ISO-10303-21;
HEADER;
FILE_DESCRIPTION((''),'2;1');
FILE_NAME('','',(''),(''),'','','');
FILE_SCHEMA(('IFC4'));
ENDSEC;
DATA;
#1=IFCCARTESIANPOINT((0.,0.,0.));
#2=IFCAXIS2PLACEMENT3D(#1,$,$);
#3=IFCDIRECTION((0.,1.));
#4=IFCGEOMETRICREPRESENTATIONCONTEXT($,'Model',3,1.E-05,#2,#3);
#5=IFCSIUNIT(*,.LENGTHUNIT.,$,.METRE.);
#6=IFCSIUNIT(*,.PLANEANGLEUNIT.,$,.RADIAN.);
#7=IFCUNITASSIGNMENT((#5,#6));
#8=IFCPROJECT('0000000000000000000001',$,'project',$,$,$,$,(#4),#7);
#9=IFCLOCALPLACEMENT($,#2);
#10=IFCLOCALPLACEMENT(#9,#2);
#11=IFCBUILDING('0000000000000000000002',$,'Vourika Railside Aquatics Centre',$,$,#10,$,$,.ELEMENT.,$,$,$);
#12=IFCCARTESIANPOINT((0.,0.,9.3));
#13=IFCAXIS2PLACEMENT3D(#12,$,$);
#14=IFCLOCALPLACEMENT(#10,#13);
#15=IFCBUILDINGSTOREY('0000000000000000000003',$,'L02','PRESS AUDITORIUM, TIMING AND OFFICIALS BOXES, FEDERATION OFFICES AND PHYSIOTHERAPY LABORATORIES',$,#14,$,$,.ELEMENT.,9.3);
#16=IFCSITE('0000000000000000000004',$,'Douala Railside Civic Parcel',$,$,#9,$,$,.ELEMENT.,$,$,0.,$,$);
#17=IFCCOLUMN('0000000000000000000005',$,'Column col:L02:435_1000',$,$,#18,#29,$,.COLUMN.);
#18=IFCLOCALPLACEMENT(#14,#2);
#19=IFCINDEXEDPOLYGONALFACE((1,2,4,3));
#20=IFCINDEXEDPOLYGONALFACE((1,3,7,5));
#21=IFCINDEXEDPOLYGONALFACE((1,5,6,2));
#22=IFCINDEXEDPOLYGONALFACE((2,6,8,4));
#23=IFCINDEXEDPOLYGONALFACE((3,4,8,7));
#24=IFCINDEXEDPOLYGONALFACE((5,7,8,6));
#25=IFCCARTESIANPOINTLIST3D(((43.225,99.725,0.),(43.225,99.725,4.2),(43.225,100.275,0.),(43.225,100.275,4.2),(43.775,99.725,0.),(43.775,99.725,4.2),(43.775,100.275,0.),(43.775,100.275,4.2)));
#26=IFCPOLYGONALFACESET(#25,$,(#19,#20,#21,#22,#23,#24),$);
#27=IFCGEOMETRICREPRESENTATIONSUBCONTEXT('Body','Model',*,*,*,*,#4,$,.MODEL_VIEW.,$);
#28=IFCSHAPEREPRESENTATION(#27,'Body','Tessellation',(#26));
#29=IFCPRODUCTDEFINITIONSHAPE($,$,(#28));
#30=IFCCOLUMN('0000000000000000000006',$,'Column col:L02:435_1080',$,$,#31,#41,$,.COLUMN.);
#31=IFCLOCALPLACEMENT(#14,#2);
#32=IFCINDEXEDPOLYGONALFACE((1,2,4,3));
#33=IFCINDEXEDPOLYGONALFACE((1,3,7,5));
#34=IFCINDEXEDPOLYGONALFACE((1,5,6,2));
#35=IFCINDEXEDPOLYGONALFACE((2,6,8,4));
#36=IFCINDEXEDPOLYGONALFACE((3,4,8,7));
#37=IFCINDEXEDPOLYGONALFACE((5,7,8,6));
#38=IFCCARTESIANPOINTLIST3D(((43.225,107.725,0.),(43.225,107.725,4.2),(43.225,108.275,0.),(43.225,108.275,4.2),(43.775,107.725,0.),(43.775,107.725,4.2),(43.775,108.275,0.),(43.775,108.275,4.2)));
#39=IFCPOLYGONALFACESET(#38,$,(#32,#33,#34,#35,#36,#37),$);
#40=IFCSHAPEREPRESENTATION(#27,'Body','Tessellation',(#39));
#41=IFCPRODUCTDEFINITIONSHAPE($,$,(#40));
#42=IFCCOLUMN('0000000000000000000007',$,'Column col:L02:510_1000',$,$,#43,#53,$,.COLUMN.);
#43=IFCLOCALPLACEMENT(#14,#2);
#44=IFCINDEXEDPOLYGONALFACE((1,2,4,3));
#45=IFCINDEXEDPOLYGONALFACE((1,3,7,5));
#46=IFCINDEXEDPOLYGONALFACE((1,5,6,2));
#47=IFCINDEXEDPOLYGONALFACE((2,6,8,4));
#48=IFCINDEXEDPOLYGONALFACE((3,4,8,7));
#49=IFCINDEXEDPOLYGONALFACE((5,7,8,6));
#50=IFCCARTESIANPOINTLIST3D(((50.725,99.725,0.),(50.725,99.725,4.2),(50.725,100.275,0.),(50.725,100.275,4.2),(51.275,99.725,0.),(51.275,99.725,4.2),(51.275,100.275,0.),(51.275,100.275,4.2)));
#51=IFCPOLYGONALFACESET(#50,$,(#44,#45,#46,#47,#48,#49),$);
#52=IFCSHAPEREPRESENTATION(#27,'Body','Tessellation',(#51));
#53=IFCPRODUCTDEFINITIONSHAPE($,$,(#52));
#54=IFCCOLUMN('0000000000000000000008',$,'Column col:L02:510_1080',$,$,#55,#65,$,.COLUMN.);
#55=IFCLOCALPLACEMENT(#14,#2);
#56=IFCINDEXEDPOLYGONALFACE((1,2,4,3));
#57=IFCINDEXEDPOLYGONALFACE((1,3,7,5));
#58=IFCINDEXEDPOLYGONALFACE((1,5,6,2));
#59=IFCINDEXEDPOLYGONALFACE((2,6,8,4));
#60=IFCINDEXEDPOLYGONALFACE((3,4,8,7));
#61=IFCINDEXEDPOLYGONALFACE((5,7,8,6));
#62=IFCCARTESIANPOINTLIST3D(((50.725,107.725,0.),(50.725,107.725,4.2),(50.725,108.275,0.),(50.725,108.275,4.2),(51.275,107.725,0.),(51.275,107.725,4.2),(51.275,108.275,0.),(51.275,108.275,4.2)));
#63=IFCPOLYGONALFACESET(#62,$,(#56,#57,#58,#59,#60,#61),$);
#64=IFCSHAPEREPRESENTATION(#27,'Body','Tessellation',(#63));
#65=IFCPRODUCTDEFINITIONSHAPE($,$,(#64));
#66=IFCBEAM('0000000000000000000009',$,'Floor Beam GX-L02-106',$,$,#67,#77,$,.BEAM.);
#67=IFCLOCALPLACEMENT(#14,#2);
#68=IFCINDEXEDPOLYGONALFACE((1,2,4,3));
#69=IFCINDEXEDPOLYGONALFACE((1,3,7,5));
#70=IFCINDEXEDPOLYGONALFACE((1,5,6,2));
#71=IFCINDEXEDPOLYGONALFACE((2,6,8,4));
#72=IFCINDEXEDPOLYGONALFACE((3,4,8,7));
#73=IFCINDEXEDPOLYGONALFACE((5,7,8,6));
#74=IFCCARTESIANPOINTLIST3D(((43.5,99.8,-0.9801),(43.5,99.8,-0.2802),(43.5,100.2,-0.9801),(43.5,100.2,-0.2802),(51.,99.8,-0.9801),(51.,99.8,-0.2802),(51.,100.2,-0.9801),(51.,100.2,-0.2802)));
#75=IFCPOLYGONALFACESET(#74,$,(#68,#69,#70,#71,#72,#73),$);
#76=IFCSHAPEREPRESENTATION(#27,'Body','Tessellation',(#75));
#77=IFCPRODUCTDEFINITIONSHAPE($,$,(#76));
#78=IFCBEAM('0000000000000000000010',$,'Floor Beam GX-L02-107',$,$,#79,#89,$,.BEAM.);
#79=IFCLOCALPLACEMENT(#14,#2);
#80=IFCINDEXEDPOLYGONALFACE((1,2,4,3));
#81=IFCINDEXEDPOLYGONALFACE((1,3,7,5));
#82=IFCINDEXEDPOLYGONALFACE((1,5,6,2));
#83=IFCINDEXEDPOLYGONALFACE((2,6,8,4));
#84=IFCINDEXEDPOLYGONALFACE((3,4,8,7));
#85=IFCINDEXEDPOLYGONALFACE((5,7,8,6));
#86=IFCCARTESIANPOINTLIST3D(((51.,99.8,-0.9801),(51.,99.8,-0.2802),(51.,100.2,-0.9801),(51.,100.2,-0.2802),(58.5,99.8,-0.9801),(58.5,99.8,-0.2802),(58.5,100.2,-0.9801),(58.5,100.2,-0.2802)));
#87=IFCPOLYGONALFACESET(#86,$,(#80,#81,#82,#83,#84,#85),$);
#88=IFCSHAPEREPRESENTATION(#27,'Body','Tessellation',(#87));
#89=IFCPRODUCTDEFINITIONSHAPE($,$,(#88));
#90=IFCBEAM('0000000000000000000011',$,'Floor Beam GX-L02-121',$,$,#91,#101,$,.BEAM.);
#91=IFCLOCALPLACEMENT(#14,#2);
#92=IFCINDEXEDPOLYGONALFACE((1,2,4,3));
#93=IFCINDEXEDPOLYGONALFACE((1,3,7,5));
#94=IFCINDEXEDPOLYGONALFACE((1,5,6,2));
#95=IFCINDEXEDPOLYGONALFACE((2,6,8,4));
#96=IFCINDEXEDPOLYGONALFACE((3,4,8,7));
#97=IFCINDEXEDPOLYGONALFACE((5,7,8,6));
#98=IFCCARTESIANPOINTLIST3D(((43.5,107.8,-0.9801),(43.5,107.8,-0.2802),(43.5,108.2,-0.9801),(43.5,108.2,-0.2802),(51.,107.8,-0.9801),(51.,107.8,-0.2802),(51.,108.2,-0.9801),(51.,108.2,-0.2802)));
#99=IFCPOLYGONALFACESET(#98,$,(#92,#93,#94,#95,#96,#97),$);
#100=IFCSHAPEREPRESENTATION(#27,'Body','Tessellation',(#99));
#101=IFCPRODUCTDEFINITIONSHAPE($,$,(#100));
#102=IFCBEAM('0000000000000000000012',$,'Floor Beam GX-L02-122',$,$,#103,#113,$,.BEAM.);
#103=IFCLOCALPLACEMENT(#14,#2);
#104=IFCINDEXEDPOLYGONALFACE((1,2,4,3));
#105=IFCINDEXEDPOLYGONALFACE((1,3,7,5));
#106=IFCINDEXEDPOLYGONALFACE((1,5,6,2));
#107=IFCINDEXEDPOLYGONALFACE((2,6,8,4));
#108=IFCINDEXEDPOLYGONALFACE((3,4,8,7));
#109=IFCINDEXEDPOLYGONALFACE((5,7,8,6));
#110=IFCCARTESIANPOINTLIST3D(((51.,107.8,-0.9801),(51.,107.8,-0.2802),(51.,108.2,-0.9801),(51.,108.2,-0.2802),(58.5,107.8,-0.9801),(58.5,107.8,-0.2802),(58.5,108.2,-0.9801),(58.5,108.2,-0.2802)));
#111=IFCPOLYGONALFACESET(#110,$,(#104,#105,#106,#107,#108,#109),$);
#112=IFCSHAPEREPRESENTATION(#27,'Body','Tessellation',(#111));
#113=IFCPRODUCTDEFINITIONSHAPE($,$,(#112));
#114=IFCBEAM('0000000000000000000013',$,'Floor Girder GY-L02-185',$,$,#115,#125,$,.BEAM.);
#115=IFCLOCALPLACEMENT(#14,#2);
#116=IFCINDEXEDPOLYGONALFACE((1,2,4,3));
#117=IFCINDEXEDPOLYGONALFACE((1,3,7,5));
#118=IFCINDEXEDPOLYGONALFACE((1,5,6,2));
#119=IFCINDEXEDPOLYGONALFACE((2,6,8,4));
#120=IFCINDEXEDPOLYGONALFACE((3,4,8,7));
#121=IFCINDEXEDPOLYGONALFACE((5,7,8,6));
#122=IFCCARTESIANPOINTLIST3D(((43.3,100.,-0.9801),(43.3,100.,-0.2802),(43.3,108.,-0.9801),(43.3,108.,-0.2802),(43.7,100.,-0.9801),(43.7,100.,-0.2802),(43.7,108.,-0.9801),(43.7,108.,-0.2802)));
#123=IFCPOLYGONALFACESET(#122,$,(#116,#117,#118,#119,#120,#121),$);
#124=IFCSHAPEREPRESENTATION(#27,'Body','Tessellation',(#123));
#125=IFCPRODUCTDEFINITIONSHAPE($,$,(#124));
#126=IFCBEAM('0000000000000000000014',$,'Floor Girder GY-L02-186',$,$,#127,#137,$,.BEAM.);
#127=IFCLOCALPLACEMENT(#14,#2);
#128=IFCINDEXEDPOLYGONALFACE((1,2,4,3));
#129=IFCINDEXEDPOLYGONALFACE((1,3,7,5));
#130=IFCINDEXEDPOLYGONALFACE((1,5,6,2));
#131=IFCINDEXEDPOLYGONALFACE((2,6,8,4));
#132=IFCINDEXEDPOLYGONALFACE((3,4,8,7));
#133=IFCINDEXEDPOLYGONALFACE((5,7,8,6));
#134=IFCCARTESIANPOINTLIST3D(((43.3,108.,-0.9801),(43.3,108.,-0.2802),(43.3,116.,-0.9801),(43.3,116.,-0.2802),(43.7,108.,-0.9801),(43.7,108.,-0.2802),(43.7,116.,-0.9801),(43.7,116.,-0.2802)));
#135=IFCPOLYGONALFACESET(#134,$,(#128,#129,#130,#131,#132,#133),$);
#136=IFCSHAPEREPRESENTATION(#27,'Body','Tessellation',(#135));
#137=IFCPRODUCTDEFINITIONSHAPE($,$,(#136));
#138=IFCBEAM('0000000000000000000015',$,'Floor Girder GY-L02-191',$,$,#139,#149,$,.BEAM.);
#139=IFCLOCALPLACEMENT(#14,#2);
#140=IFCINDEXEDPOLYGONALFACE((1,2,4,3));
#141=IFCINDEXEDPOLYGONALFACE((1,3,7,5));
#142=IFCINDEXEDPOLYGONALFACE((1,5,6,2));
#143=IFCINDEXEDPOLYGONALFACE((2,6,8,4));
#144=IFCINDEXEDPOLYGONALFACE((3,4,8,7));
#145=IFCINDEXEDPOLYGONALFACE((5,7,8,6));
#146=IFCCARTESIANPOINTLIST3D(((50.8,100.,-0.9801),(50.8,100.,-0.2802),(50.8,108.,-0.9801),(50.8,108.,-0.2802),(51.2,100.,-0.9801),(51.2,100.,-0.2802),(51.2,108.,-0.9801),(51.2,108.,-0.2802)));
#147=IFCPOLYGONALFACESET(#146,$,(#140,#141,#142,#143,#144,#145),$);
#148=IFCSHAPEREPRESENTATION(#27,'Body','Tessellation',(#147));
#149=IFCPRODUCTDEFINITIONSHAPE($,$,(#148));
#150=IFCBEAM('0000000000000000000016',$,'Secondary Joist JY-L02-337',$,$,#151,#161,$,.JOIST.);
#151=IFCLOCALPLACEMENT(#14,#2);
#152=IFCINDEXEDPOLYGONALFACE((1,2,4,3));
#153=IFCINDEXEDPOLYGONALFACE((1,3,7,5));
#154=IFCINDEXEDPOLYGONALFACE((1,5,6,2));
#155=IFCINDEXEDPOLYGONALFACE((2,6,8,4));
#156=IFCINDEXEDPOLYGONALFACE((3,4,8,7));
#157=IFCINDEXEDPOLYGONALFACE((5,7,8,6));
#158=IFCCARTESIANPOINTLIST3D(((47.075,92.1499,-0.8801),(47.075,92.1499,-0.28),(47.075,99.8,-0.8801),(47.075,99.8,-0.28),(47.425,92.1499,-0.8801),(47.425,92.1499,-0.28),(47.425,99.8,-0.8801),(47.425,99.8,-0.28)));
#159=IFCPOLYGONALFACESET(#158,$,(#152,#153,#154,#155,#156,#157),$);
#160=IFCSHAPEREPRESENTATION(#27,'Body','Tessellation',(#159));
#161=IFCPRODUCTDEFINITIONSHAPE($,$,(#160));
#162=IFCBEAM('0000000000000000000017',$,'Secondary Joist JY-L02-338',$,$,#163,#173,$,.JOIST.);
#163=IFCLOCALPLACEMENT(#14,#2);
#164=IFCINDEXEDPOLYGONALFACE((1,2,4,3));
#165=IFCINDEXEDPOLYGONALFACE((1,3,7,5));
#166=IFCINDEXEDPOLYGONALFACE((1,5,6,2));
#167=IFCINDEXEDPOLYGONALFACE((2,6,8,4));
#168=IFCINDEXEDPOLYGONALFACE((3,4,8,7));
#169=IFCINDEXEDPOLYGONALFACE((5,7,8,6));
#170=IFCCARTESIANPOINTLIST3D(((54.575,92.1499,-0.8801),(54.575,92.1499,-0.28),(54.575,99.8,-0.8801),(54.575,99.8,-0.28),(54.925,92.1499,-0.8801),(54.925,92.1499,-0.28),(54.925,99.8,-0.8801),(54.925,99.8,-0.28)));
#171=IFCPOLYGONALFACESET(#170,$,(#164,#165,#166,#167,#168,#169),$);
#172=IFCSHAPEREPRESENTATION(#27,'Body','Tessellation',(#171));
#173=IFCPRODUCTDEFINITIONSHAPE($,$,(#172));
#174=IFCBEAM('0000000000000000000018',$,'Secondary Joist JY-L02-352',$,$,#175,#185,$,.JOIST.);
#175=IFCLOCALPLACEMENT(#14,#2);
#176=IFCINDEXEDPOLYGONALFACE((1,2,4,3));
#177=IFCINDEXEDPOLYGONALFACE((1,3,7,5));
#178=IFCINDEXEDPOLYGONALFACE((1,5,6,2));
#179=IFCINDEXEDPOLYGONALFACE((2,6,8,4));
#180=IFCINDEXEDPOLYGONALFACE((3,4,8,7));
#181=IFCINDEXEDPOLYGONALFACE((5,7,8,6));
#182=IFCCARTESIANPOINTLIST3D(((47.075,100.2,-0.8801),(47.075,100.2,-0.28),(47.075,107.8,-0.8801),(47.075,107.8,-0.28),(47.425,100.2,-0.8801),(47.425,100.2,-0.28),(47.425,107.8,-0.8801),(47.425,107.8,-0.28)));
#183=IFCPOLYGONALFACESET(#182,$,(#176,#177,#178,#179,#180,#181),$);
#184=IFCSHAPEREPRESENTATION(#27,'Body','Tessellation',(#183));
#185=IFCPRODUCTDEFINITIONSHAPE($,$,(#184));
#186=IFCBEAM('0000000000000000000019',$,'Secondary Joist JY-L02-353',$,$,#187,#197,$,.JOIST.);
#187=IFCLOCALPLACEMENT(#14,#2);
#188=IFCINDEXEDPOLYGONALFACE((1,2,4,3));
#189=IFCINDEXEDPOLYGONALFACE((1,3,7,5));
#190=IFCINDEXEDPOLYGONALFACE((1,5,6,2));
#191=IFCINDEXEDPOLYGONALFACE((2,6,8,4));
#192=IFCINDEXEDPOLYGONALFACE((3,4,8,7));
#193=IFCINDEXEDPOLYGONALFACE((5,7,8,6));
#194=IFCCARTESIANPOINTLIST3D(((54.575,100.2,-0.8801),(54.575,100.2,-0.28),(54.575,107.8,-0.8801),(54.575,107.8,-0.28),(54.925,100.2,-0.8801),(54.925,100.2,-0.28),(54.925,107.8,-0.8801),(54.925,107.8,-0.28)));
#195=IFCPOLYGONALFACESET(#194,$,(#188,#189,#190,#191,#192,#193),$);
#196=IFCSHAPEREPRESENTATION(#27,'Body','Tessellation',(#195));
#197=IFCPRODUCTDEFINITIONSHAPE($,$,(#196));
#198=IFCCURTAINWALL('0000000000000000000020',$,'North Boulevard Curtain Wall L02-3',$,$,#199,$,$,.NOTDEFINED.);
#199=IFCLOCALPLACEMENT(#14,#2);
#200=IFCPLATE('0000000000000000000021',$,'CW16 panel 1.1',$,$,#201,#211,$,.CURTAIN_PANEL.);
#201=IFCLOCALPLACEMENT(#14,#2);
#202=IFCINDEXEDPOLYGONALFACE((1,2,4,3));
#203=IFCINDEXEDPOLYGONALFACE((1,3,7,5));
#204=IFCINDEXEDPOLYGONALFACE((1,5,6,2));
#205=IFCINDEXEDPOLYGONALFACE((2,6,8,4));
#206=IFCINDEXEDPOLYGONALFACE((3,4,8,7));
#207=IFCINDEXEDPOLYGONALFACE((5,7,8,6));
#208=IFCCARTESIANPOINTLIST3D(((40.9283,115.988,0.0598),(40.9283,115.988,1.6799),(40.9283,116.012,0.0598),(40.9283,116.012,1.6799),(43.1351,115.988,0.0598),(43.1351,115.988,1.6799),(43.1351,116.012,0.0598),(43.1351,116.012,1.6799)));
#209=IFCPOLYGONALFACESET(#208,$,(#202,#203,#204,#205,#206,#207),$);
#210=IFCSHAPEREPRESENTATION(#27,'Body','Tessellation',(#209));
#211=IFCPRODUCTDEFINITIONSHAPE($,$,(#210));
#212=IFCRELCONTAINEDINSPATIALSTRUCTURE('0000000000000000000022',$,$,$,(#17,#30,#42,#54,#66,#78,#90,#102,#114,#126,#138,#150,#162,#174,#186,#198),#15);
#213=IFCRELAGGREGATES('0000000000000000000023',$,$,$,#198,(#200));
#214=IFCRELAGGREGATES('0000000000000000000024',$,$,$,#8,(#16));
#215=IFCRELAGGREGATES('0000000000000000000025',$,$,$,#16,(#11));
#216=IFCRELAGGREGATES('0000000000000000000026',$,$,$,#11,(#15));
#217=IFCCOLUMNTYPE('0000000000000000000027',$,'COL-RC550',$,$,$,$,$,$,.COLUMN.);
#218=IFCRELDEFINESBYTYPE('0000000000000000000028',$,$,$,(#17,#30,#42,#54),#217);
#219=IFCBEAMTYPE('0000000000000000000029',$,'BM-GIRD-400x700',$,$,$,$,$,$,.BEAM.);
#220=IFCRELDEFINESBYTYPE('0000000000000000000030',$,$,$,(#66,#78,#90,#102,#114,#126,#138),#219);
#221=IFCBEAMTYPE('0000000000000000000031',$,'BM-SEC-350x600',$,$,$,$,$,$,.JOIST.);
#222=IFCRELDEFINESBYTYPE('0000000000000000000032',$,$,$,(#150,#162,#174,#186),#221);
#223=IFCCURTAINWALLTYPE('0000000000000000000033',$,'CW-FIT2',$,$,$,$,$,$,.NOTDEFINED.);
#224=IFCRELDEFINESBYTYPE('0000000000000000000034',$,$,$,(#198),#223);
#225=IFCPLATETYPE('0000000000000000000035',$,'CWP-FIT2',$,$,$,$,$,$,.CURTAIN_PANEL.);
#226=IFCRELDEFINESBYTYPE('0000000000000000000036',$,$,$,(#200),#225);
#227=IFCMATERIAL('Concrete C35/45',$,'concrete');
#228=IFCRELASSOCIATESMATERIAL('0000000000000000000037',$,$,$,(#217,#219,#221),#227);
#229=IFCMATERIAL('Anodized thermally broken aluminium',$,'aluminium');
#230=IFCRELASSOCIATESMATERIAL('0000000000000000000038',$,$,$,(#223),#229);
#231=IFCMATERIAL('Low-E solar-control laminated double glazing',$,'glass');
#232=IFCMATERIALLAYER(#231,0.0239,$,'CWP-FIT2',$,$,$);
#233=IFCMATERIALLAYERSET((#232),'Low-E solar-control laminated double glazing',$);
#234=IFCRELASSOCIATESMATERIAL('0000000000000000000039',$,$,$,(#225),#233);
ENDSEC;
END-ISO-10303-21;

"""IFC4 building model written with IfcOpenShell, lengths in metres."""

from ifc_helpers import new_model, si_unit, direction, frame, origin, origin_2d, place, context, subcontext, project, spatial, rectangle, extrude, material, layer, layer_set, material_profile, profile_set, type_object, element, aggregate, save


model = new_model("IFC4")

# Units and contexts
model_context = context("Model", 3, precision=1e-05, world=origin(), true_north=direction((0.0, 1.0)))
body_context = subcontext(model_context, "Body", "Model", "MODEL_VIEW")
ifc_project = project(units=[si_unit("LENGTHUNIT", "METRE"), si_unit("PLANEANGLEUNIT", "RADIAN")], contexts=[model_context])

# Site, building, storey
site_placement = place(None, origin())
site = spatial("IfcSite", under=ifc_project, at=site_placement, Name="Douala Railside Civic Parcel", CompositionType="ELEMENT", RefElevation=0.0)
building_placement = place(site_placement, origin())
building = spatial("IfcBuilding", under=site, at=building_placement, Name="Vourika Railside Aquatics Centre", CompositionType="ELEMENT")
storey_placement = place(building_placement, frame((0.0, 0.0, 9.3)))
storey = spatial("IfcBuildingStorey", under=building, at=storey_placement, Name="L02", Description="PRESS AUDITORIUM, TIMING AND OFFICIALS BOXES, FEDERATION OFFICES AND PHYSIOTHERAPY LABORATORIES", CompositionType="ELEMENT", Elevation=9.3)

# Columns
ifc_material_1 = material(Name="Concrete C35/45", Category="concrete")
ifc_material_profile_1 = material_profile(ifc_material_1, rectangle(XDim=0.55, YDim=0.55, at=origin_2d()), Name="RC 550x550")
ifc_profile_set_1 = profile_set([ifc_material_profile_1], Name="Concrete C35/45")
column_type = type_object("IfcColumnType", Name="COL-RC550", PredefinedType="COLUMN", material=ifc_profile_set_1)
for number, where, z_axis, x_axis, name in (
    (1, (43.5, 100.0, 0.0), (0.0, 0.0, 1.0), (1.0, 0.0, 0.0), "Column col:L02:435_1000"),
    (2, (43.5, 108.0, 0.0), (0.0, 0.0, 1.0), (1.0, 0.0, 0.0), "Column col:L02:435_1080"),
    (3, (51.0, 100.0, 0.0), (0.0, 0.0, 1.0), (1.0, 0.0, 0.0), "Column col:L02:510_1000"),
    (4, (51.0, 108.0, 0.0), (0.0, 0.0, 1.0), (1.0, 0.0, 0.0), "Column col:L02:510_1080"),
):
    element("IfcColumn", number, at=place(storey_placement, frame(where, z_axis=z_axis, x_axis=x_axis)), inside=storey, type_object=column_type, Name=name, PredefinedType="COLUMN", context=body_context, shape_type="SweptSolid", body=[
        extrude(rectangle(XDim=0.55, YDim=0.55, at=origin_2d()), origin(), (0.0, 0.0, 1.0), 4.2),
    ])

# Beams
ifc_material_profile_2 = material_profile(ifc_material_1, rectangle(XDim=0.3999, YDim=0.7, at=origin_2d()), Name="RC 400x700")
ifc_profile_set_2 = profile_set([ifc_material_profile_2], Name="Concrete C35/45")
beam_type_1 = type_object("IfcBeamType", Name="BM-GIRD-400x700", PredefinedType="BEAM", material=ifc_profile_set_2)
for number, where, z_axis, x_axis, name in (
    (5, (43.5, 100.0, -0.6301), (1.0, 0.0, 0.0), (0.0, 1.0, 0.0), "Floor Beam GX-L02-106"),
    (6, (51.0, 100.0, -0.6301), (1.0, 0.0, 0.0), (0.0, 1.0, 0.0), "Floor Beam GX-L02-107"),
    (7, (43.5, 108.0, -0.6301), (1.0, 0.0, 0.0), (0.0, 1.0, 0.0), "Floor Beam GX-L02-121"),
    (8, (51.0, 108.0, -0.6301), (1.0, 0.0, 0.0), (0.0, 1.0, 0.0), "Floor Beam GX-L02-122"),
):
    element("IfcBeam", number, at=place(storey_placement, frame(where, z_axis=z_axis, x_axis=x_axis)), inside=storey, type_object=beam_type_1, Name=name, PredefinedType="BEAM", context=body_context, shape_type="SweptSolid", body=[
        extrude(rectangle(XDim=0.3999, YDim=0.7, at=origin_2d()), origin(), (0.0, 0.0, 1.0), 7.5),
    ])
for number, where, z_axis, x_axis, name in (
    (9, (43.5, 100.0, -0.6301), (0.0, 1.0, 0.0), (-1.0, 0.0, 0.0), "Floor Girder GY-L02-185"),
    (10, (43.5, 108.0, -0.6301), (0.0, 1.0, 0.0), (-1.0, 0.0, 0.0), "Floor Girder GY-L02-186"),
    (11, (51.0, 100.0, -0.6301), (0.0, 1.0, 0.0), (-1.0, 0.0, 0.0), "Floor Girder GY-L02-191"),
):
    element("IfcBeam", number, at=place(storey_placement, frame(where, z_axis=z_axis, x_axis=x_axis)), inside=storey, type_object=beam_type_1, Name=name, PredefinedType="BEAM", context=body_context, shape_type="SweptSolid", body=[
        extrude(rectangle(XDim=0.3999, YDim=0.7, at=origin_2d()), origin(), (0.0, 0.0, 1.0), 8.0),
    ])
ifc_material_profile_3 = material_profile(ifc_material_1, rectangle(XDim=0.3501, YDim=0.6001, at=origin_2d()), Name="RC 350x600")
ifc_profile_set_3 = profile_set([ifc_material_profile_3], Name="Concrete C35/45")
beam_type_2 = type_object("IfcBeamType", Name="BM-SEC-350x600", PredefinedType="JOIST", material=ifc_profile_set_3)
for number, where, z_axis, x_axis, name in (
    (12, (47.25, 92.1499, -0.5801), (0.0, 1.0, 0.0), (-1.0, 0.0, 0.0), "Secondary Joist JY-L02-337"),
    (13, (54.75, 92.1499, -0.5801), (0.0, 1.0, 0.0), (-1.0, 0.0, 0.0), "Secondary Joist JY-L02-338"),
):
    element("IfcBeam", number, at=place(storey_placement, frame(where, z_axis=z_axis, x_axis=x_axis)), inside=storey, type_object=beam_type_2, Name=name, PredefinedType="JOIST", context=body_context, shape_type="SweptSolid", body=[
        extrude(rectangle(XDim=0.3501, YDim=0.6001, at=origin_2d()), origin(), (0.0, 0.0, 1.0), 7.6501),
    ])
for number, where, z_axis, x_axis, name in (
    (14, (47.25, 100.2, -0.5801), (0.0, 1.0, 0.0), (-1.0, 0.0, 0.0), "Secondary Joist JY-L02-352"),
    (15, (54.75, 100.2, -0.5801), (0.0, 1.0, 0.0), (-1.0, 0.0, 0.0), "Secondary Joist JY-L02-353"),
):
    element("IfcBeam", number, at=place(storey_placement, frame(where, z_axis=z_axis, x_axis=x_axis)), inside=storey, type_object=beam_type_2, Name=name, PredefinedType="JOIST", context=body_context, shape_type="SweptSolid", body=[
        extrude(rectangle(XDim=0.3501, YDim=0.6001, at=origin_2d()), origin(), (0.0, 0.0, 1.0), 7.6001),
    ])

# Curtain wall, plate
ifc_material_2 = material(Name="Anodized thermally broken aluminium", Category="aluminium")
curtain_wall_type = type_object("IfcCurtainWallType", Name="CW-FIT2", PredefinedType="NOTDEFINED", material=ifc_material_2)
curtain_wall_placement = place(storey_placement, origin())
curtain_wall = element("IfcCurtainWall", 16, at=curtain_wall_placement, inside=storey, type_object=curtain_wall_type, Name="North Boulevard Curtain Wall L02-3", PredefinedType="NOTDEFINED")
ifc_material_3 = material(Name="Low-E solar-control laminated double glazing", Category="glass")
ifc_layer_1 = layer(ifc_material_3, 0.0239, Name="CWP-FIT2")
ifc_layer_set_1 = layer_set([ifc_layer_1], Name="Low-E solar-control laminated double glazing")
plate_type = type_object("IfcPlateType", Name="CWP-FIT2", PredefinedType="CURTAIN_PANEL", material=ifc_layer_set_1)
plate_placement = place(storey_placement, frame((42.0317, 116.0, 0.0598), z_axis=(0.0, 0.0, 1.0), x_axis=(-1.0, 0.0, 0.0)))
plate = element("IfcPlate", 17, at=plate_placement, type_object=plate_type, Name="CW16 panel 1.1", PredefinedType="CURTAIN_PANEL", context=body_context, shape_type="SweptSolid", body=[
    extrude(rectangle(XDim=2.2068, YDim=0.0239, at=origin_2d()), origin(), (0.0, 0.0, 1.0), 1.6201),
])
aggregate(curtain_wall, [plate])

save(model, "model.ifc")
